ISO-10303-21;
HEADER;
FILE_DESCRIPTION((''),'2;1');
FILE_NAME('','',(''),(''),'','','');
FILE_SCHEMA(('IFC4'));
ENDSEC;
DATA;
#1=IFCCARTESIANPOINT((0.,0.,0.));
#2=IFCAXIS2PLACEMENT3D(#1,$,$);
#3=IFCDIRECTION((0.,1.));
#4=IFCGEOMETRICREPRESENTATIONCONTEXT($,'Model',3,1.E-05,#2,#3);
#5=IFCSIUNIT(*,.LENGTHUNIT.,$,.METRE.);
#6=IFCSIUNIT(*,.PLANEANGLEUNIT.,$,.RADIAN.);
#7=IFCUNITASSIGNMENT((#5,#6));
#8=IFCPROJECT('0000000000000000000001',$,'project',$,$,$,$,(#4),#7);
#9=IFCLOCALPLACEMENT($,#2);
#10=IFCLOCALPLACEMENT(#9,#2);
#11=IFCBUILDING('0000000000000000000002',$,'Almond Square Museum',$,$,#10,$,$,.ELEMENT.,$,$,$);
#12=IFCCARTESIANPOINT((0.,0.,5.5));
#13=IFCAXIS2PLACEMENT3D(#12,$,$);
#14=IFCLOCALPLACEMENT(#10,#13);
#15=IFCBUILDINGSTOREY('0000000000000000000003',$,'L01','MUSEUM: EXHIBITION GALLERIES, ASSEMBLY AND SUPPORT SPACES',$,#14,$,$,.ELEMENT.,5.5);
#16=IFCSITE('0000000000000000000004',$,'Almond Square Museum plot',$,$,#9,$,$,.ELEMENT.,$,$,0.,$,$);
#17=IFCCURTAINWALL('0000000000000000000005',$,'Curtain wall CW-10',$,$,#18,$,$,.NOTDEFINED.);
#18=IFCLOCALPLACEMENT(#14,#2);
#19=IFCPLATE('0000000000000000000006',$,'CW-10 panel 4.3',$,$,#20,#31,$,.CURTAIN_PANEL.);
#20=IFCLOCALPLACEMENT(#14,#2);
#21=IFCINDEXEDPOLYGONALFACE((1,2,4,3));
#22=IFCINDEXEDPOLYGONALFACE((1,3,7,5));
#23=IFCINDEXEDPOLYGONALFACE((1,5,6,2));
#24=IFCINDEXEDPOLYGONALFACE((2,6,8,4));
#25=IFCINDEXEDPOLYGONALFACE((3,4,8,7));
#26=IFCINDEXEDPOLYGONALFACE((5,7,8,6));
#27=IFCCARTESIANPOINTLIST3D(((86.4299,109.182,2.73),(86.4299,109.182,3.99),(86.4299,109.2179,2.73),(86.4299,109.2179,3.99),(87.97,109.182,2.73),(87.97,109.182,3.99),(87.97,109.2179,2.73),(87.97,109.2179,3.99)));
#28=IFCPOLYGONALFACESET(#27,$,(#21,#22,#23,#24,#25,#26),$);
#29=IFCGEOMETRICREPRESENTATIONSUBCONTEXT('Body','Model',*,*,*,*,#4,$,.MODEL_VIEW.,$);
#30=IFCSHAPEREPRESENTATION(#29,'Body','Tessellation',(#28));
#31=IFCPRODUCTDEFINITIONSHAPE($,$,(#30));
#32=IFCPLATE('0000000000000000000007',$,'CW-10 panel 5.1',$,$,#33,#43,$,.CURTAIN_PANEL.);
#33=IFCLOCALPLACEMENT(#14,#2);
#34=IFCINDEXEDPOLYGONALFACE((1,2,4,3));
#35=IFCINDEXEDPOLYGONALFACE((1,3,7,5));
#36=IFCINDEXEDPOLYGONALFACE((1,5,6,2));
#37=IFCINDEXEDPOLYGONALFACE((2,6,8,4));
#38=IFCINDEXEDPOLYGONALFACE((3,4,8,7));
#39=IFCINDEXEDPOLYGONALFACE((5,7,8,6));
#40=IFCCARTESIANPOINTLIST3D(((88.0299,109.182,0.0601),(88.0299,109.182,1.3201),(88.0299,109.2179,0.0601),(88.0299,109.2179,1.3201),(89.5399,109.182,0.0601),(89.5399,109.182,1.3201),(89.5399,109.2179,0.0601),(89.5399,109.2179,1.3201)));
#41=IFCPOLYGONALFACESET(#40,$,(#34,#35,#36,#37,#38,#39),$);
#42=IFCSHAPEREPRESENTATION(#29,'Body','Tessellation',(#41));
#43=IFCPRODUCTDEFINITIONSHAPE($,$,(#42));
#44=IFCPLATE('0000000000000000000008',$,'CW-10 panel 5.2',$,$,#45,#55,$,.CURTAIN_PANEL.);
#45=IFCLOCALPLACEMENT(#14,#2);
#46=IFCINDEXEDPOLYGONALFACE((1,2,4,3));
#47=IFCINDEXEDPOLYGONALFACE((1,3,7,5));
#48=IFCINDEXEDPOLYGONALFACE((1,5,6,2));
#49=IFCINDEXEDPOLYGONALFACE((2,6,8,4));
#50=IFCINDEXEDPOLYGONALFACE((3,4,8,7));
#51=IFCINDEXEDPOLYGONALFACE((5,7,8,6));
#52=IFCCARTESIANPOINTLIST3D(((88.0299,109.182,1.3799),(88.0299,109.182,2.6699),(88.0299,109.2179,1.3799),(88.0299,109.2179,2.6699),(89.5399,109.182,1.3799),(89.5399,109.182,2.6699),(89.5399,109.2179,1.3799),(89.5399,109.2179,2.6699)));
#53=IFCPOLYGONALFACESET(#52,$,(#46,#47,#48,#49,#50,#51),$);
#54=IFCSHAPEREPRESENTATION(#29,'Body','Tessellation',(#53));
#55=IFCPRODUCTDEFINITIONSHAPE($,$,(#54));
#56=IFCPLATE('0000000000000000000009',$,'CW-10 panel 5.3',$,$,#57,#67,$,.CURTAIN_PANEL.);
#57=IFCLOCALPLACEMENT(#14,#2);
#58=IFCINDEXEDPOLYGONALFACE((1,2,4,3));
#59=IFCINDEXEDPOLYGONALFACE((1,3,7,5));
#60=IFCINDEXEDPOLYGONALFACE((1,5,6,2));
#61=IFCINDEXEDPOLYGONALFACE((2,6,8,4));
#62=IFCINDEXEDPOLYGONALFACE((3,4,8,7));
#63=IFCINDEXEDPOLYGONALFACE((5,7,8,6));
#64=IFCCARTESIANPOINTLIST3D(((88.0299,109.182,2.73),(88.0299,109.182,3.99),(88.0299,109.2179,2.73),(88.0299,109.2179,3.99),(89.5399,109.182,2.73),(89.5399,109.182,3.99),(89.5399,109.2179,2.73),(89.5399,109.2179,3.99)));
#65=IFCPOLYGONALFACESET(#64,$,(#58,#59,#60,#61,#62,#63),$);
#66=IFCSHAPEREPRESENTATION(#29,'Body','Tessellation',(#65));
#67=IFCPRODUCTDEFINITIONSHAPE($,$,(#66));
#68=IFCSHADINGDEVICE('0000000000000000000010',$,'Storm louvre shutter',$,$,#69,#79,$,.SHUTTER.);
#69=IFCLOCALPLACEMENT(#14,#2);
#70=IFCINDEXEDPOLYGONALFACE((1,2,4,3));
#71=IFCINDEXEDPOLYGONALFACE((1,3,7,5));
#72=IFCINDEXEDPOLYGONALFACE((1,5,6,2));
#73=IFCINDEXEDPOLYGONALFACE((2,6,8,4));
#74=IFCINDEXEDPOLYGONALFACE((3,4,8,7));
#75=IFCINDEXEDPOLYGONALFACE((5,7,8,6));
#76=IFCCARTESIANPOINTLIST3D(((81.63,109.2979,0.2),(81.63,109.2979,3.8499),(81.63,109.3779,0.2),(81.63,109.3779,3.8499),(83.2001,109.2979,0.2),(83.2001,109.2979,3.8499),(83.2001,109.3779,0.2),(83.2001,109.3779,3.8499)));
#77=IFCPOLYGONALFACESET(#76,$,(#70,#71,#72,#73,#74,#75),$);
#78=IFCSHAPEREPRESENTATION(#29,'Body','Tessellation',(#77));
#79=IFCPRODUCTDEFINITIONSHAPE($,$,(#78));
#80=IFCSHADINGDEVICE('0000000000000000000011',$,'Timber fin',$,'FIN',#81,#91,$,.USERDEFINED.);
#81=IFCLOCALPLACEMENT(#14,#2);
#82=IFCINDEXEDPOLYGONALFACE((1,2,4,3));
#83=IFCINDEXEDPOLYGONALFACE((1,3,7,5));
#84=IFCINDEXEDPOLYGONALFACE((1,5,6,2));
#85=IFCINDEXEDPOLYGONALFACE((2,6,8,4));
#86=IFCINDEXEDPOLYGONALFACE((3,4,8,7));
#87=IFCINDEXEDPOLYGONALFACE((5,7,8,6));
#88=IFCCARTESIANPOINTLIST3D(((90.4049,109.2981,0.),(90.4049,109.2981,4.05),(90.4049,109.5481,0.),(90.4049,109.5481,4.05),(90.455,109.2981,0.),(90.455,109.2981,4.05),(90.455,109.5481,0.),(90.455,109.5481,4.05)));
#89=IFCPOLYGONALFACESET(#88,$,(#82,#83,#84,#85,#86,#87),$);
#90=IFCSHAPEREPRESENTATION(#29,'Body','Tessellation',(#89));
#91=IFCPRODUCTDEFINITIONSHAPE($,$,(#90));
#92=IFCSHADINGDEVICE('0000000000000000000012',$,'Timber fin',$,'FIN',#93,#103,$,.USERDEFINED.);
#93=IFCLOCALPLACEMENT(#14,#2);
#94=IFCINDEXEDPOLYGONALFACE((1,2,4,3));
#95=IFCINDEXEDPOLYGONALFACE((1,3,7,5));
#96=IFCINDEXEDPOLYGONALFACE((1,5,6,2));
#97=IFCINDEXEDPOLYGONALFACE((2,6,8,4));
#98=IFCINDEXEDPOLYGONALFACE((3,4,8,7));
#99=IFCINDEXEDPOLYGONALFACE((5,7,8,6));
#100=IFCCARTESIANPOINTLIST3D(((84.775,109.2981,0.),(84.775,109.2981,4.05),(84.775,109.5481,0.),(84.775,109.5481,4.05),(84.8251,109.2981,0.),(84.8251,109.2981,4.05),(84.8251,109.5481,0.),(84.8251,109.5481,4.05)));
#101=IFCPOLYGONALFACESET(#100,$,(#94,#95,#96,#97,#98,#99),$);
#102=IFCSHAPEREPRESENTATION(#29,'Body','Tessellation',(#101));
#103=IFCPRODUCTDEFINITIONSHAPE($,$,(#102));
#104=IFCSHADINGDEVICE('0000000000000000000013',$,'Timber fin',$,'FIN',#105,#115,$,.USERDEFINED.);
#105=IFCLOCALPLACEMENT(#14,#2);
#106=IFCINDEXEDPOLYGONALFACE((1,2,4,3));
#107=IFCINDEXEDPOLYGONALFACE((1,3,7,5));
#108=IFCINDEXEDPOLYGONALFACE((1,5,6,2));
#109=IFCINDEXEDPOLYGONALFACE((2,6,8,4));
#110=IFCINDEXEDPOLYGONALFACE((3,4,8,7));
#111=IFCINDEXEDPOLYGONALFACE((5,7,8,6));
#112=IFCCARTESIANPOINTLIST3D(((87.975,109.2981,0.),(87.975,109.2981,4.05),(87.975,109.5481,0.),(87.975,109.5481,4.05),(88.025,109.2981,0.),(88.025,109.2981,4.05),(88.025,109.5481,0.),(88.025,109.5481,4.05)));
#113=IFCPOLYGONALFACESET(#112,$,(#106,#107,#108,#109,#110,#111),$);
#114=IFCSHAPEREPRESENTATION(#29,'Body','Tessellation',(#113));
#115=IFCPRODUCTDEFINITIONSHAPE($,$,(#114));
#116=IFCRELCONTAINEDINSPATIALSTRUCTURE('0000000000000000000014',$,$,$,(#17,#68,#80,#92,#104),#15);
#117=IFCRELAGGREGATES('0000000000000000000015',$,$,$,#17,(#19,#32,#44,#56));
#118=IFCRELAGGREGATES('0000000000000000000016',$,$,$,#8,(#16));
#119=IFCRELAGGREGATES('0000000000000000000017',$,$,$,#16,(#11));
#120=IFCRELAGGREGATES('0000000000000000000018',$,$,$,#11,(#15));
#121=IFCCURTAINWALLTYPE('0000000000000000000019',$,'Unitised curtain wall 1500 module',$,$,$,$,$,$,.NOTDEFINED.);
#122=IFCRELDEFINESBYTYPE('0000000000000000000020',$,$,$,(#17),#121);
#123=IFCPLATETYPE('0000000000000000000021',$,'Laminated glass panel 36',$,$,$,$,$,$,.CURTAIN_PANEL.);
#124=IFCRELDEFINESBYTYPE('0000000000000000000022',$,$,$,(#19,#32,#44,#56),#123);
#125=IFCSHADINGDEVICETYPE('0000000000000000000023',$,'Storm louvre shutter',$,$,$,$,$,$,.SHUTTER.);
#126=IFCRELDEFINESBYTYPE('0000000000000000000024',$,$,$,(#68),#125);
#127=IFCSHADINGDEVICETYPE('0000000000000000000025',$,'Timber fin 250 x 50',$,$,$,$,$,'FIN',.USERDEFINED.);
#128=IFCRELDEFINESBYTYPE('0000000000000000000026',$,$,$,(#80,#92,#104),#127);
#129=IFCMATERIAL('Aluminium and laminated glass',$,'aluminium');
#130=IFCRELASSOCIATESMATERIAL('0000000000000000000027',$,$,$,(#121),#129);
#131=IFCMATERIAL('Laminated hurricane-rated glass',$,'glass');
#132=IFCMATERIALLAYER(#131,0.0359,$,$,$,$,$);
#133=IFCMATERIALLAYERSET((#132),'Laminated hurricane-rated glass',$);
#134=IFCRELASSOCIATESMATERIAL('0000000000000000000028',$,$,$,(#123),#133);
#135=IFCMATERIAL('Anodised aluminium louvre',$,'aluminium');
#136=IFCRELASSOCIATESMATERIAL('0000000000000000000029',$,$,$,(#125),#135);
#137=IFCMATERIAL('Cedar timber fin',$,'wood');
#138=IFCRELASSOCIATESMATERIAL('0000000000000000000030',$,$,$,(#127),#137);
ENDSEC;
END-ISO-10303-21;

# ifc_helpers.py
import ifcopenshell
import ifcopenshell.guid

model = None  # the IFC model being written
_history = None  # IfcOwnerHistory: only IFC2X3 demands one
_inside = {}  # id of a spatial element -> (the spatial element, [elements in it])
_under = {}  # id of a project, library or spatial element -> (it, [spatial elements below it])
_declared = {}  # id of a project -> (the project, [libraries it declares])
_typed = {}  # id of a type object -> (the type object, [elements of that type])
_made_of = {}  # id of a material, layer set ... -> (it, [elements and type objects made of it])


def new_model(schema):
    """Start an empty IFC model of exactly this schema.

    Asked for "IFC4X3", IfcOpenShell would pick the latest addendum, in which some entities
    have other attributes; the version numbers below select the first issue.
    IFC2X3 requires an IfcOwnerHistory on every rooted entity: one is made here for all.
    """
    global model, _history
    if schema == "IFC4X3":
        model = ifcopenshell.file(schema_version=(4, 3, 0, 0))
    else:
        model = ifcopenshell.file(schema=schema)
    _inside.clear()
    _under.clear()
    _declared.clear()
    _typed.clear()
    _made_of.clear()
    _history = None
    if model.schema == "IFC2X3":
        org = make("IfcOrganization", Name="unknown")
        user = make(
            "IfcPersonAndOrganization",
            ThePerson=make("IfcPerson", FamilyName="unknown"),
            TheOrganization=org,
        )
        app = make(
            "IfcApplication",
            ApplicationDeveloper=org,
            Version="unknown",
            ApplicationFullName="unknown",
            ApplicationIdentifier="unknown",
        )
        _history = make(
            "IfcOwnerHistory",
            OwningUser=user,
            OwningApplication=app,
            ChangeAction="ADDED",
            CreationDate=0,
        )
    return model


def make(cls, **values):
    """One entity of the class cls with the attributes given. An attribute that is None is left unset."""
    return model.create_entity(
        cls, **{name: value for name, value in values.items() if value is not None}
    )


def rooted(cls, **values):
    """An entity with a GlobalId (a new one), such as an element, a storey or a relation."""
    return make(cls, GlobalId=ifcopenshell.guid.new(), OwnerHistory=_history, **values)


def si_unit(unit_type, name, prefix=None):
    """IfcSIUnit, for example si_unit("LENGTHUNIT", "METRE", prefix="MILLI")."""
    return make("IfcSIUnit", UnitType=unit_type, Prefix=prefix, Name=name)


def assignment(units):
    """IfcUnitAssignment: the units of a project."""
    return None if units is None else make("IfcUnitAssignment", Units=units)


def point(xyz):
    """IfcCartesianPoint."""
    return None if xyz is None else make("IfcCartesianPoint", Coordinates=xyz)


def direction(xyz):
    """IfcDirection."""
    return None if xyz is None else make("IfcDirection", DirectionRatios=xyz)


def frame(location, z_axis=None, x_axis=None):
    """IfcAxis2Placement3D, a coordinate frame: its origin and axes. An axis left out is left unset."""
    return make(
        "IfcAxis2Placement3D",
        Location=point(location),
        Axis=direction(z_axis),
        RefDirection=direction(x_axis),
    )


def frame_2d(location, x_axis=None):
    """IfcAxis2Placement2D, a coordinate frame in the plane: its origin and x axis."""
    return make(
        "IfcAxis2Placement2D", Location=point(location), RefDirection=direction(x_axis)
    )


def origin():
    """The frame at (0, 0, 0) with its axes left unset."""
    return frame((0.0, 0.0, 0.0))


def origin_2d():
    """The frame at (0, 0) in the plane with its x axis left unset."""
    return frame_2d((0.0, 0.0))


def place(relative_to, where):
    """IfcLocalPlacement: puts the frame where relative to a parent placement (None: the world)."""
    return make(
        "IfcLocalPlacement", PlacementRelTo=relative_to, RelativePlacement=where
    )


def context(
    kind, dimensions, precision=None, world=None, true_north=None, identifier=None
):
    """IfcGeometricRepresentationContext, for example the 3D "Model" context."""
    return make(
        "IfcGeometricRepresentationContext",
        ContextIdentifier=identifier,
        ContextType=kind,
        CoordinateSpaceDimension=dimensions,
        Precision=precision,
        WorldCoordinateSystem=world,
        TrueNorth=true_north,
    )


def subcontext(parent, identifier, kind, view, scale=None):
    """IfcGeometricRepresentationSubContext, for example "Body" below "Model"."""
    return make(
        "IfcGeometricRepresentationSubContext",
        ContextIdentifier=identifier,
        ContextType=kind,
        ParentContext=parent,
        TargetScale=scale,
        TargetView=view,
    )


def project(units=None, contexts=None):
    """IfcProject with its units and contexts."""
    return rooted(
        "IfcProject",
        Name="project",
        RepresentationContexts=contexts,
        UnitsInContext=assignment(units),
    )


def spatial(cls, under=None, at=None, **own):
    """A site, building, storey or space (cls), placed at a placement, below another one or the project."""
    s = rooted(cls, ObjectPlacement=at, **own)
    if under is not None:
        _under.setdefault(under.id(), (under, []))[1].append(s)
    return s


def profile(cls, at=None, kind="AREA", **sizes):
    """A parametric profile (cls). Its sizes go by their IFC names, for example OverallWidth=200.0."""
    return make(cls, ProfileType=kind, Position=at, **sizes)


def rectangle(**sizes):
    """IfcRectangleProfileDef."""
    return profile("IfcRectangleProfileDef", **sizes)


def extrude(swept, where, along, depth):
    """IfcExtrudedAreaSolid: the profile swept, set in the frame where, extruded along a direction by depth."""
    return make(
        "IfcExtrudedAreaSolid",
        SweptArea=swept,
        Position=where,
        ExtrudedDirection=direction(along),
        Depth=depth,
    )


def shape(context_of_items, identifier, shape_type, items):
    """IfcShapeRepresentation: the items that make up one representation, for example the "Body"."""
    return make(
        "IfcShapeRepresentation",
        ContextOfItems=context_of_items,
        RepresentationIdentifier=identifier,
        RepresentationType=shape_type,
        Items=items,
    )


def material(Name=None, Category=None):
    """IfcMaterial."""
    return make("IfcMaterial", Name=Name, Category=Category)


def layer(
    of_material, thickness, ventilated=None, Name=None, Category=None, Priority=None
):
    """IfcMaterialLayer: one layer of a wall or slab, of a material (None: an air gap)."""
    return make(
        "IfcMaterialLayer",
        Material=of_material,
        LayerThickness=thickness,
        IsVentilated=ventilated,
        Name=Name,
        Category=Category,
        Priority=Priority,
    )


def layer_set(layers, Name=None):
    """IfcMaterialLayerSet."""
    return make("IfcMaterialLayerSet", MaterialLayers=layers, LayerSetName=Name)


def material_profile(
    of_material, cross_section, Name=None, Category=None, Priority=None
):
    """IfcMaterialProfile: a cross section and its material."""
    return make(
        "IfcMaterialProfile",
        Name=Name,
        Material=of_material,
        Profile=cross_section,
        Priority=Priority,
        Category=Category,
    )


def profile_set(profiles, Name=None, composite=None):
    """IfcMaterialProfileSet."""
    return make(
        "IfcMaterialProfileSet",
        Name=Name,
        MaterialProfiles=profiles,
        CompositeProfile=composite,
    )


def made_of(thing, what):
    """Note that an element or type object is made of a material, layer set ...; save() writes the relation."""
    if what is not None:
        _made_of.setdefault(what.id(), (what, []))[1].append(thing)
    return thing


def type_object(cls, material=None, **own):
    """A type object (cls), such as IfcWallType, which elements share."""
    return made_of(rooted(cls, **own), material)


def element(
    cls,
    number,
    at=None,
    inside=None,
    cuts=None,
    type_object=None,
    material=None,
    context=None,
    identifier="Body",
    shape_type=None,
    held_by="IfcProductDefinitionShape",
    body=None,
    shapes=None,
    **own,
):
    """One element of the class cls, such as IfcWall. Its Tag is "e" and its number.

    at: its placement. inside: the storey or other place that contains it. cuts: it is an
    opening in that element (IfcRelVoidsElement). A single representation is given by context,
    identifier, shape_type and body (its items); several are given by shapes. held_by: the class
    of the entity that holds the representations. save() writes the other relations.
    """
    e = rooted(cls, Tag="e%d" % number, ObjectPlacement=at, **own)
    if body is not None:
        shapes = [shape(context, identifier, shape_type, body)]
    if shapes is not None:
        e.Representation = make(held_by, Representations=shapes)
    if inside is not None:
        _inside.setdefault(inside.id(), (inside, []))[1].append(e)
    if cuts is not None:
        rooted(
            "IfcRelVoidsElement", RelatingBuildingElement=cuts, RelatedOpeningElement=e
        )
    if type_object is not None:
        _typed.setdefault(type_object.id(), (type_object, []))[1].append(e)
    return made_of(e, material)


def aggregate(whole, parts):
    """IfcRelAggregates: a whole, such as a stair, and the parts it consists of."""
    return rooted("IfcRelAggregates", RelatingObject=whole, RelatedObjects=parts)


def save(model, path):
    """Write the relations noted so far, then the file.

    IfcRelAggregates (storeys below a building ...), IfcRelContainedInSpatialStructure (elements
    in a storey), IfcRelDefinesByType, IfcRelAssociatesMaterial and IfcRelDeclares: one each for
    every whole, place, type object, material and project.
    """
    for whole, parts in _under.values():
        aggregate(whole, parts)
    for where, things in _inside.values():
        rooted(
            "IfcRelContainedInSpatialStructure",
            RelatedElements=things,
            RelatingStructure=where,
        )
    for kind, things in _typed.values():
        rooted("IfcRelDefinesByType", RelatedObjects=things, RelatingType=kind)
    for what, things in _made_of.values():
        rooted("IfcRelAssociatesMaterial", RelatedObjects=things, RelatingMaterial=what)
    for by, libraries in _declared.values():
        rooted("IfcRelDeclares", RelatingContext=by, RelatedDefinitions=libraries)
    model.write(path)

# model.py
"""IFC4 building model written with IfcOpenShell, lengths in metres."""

from ifc_helpers import new_model, si_unit, direction, frame, origin, origin_2d, place, context, subcontext, project, spatial, rectangle, extrude, material, layer, layer_set, material_profile, profile_set, type_object, element, aggregate, save


model = new_model("IFC4")

# Units and contexts
model_context = context("Model", 3, precision=1e-05, world=origin(), true_north=direction((0.0, 1.0)))
body_context = subcontext(model_context, "Body", "Model", "MODEL_VIEW")
ifc_project = project(units=[si_unit("LENGTHUNIT", "METRE"), si_unit("PLANEANGLEUNIT", "RADIAN")], contexts=[model_context])

# Site, building, storey
site_placement = place(None, origin())
site = spatial("IfcSite", under=ifc_project, at=site_placement, Name="Almond Square Museum plot", CompositionType="ELEMENT", RefElevation=0.0)
building_placement = place(site_placement, origin())
building = spatial("IfcBuilding", under=site, at=building_placement, Name="Almond Square Museum", CompositionType="ELEMENT")
storey_placement = place(building_placement, frame((0.0, 0.0, 5.5)))
storey = spatial("IfcBuildingStorey", under=building, at=storey_placement, Name="L01", Description="MUSEUM: EXHIBITION GALLERIES, ASSEMBLY AND SUPPORT SPACES", CompositionType="ELEMENT", Elevation=5.5)

# Shared definitions
ifc_material_1 = material(Name="Aluminium and laminated glass", Category="aluminium")
curtain_wall_type = type_object("IfcCurtainWallType", Name="Unitised curtain wall 1500 module", PredefinedType="NOTDEFINED", material=ifc_material_1)

# Curtain wall
curtain_wall_1_placement = place(storey_placement, origin())
curtain_wall_1 = element("IfcCurtainWall", 1, at=curtain_wall_1_placement, inside=storey, type_object=curtain_wall_type, Name="Curtain wall CW-10", PredefinedType="NOTDEFINED")

# Plates
ifc_material_2 = material(Name="Laminated hurricane-rated glass", Category="glass")
ifc_layer = layer(ifc_material_2, 0.0359)
ifc_layer_set = layer_set([ifc_layer], Name="Laminated hurricane-rated glass")
plate_type = type_object("IfcPlateType", Name="Laminated glass panel 36", PredefinedType="CURTAIN_PANEL", material=ifc_layer_set)
plate_1_placement = place(storey_placement, frame((87.2, 109.2, 2.73), z_axis=(0.0, 0.0, 1.0), x_axis=(1.0, 0.0, 0.0)))
plate_1 = element("IfcPlate", 2, at=plate_1_placement, type_object=plate_type, Name="CW-10 panel 4.3", PredefinedType="CURTAIN_PANEL", context=body_context, shape_type="SweptSolid", body=[
    extrude(rectangle(XDim=1.54, YDim=0.0359, at=origin_2d()), origin(), (0.0, 0.0, 1.0), 1.26),
])
plate_2_placement = place(storey_placement, frame((88.7849, 109.2, 0.0601), z_axis=(0.0, 0.0, 1.0), x_axis=(1.0, 0.0, 0.0)))
plate_2 = element("IfcPlate", 3, at=plate_2_placement, type_object=plate_type, Name="CW-10 panel 5.1", PredefinedType="CURTAIN_PANEL", context=body_context, shape_type="SweptSolid", body=[
    extrude(rectangle(XDim=1.51, YDim=0.0359, at=origin_2d()), origin(), (0.0, 0.0, 1.0), 1.26),
])
plate_3_placement = place(storey_placement, frame((88.7849, 109.2, 1.3799), z_axis=(0.0, 0.0, 1.0), x_axis=(1.0, 0.0, 0.0)))
plate_3 = element("IfcPlate", 4, at=plate_3_placement, type_object=plate_type, Name="CW-10 panel 5.2", PredefinedType="CURTAIN_PANEL", context=body_context, shape_type="SweptSolid", body=[
    extrude(rectangle(XDim=1.51, YDim=0.0359, at=origin_2d()), origin(), (0.0, 0.0, 1.0), 1.29),
])
plate_4_placement = place(storey_placement, frame((88.7849, 109.2, 2.73), z_axis=(0.0, 0.0, 1.0), x_axis=(1.0, 0.0, 0.0)))
plate_4 = element("IfcPlate", 5, at=plate_4_placement, type_object=plate_type, Name="CW-10 panel 5.3", PredefinedType="CURTAIN_PANEL", context=body_context, shape_type="SweptSolid", body=[
    extrude(rectangle(XDim=1.51, YDim=0.0359, at=origin_2d()), origin(), (0.0, 0.0, 1.0), 1.26),
])
aggregate(curtain_wall_1, [plate_1, plate_2, plate_3, plate_4])

# Shading devices
ifc_material_3 = material(Name="Anodised aluminium louvre", Category="aluminium")
shading_device_type_1 = type_object("IfcShadingDeviceType", Name="Storm louvre shutter", PredefinedType="SHUTTER", material=ifc_material_3)
shading_device_placement = place(storey_placement, frame((82.415, 109.3379, 0.2), z_axis=(0.0, 0.0, 1.0), x_axis=(1.0, 0.0, 0.0)))
element("IfcShadingDevice", 6, at=shading_device_placement, inside=storey, type_object=shading_device_type_1, Name="Storm louvre shutter", PredefinedType="SHUTTER", context=body_context, shape_type="SweptSolid", body=[
    extrude(rectangle(XDim=1.5701, YDim=0.0801, at=origin_2d()), origin(), (0.0, 0.0, 1.0), 3.6499),
])
ifc_material_4 = material(Name="Cedar timber fin", Category="wood")
ifc_material_profile_1 = material_profile(ifc_material_4, rectangle(XDim=0.25, YDim=0.05, at=origin_2d()))
ifc_profile_set_1 = profile_set([ifc_material_profile_1], Name="Cedar timber fin")
shading_device_type_2 = type_object("IfcShadingDeviceType", Name="Timber fin 250 x 50", ElementType="FIN", PredefinedType="USERDEFINED", material=ifc_profile_set_1)
for number, where, z_axis, x_axis, name in (
    (7, (90.4299, 109.4231, 0.0), (0.0, 0.0, 1.0), (0.0, 1.0, 0.0), "Timber fin"),
    (8, (84.8, 109.4231, 0.0), (0.0, 0.0, 1.0), (0.0, 1.0, 0.0), "Timber fin"),
    (9, (88.0, 109.4231, 0.0), (0.0, 0.0, 1.0), (0.0, 1.0, 0.0), "Timber fin"),
):
    element("IfcShadingDevice", number, at=place(storey_placement, frame(where, z_axis=z_axis, x_axis=x_axis)), inside=storey, type_object=shading_device_type_2, Name=name, ObjectType="FIN", PredefinedType="USERDEFINED", context=body_context, shape_type="SweptSolid", body=[
        extrude(rectangle(XDim=0.25, YDim=0.05, at=origin_2d()), origin(), (0.0, 0.0, 1.0), 4.05),
    ])

save(model, "model.ifc")
